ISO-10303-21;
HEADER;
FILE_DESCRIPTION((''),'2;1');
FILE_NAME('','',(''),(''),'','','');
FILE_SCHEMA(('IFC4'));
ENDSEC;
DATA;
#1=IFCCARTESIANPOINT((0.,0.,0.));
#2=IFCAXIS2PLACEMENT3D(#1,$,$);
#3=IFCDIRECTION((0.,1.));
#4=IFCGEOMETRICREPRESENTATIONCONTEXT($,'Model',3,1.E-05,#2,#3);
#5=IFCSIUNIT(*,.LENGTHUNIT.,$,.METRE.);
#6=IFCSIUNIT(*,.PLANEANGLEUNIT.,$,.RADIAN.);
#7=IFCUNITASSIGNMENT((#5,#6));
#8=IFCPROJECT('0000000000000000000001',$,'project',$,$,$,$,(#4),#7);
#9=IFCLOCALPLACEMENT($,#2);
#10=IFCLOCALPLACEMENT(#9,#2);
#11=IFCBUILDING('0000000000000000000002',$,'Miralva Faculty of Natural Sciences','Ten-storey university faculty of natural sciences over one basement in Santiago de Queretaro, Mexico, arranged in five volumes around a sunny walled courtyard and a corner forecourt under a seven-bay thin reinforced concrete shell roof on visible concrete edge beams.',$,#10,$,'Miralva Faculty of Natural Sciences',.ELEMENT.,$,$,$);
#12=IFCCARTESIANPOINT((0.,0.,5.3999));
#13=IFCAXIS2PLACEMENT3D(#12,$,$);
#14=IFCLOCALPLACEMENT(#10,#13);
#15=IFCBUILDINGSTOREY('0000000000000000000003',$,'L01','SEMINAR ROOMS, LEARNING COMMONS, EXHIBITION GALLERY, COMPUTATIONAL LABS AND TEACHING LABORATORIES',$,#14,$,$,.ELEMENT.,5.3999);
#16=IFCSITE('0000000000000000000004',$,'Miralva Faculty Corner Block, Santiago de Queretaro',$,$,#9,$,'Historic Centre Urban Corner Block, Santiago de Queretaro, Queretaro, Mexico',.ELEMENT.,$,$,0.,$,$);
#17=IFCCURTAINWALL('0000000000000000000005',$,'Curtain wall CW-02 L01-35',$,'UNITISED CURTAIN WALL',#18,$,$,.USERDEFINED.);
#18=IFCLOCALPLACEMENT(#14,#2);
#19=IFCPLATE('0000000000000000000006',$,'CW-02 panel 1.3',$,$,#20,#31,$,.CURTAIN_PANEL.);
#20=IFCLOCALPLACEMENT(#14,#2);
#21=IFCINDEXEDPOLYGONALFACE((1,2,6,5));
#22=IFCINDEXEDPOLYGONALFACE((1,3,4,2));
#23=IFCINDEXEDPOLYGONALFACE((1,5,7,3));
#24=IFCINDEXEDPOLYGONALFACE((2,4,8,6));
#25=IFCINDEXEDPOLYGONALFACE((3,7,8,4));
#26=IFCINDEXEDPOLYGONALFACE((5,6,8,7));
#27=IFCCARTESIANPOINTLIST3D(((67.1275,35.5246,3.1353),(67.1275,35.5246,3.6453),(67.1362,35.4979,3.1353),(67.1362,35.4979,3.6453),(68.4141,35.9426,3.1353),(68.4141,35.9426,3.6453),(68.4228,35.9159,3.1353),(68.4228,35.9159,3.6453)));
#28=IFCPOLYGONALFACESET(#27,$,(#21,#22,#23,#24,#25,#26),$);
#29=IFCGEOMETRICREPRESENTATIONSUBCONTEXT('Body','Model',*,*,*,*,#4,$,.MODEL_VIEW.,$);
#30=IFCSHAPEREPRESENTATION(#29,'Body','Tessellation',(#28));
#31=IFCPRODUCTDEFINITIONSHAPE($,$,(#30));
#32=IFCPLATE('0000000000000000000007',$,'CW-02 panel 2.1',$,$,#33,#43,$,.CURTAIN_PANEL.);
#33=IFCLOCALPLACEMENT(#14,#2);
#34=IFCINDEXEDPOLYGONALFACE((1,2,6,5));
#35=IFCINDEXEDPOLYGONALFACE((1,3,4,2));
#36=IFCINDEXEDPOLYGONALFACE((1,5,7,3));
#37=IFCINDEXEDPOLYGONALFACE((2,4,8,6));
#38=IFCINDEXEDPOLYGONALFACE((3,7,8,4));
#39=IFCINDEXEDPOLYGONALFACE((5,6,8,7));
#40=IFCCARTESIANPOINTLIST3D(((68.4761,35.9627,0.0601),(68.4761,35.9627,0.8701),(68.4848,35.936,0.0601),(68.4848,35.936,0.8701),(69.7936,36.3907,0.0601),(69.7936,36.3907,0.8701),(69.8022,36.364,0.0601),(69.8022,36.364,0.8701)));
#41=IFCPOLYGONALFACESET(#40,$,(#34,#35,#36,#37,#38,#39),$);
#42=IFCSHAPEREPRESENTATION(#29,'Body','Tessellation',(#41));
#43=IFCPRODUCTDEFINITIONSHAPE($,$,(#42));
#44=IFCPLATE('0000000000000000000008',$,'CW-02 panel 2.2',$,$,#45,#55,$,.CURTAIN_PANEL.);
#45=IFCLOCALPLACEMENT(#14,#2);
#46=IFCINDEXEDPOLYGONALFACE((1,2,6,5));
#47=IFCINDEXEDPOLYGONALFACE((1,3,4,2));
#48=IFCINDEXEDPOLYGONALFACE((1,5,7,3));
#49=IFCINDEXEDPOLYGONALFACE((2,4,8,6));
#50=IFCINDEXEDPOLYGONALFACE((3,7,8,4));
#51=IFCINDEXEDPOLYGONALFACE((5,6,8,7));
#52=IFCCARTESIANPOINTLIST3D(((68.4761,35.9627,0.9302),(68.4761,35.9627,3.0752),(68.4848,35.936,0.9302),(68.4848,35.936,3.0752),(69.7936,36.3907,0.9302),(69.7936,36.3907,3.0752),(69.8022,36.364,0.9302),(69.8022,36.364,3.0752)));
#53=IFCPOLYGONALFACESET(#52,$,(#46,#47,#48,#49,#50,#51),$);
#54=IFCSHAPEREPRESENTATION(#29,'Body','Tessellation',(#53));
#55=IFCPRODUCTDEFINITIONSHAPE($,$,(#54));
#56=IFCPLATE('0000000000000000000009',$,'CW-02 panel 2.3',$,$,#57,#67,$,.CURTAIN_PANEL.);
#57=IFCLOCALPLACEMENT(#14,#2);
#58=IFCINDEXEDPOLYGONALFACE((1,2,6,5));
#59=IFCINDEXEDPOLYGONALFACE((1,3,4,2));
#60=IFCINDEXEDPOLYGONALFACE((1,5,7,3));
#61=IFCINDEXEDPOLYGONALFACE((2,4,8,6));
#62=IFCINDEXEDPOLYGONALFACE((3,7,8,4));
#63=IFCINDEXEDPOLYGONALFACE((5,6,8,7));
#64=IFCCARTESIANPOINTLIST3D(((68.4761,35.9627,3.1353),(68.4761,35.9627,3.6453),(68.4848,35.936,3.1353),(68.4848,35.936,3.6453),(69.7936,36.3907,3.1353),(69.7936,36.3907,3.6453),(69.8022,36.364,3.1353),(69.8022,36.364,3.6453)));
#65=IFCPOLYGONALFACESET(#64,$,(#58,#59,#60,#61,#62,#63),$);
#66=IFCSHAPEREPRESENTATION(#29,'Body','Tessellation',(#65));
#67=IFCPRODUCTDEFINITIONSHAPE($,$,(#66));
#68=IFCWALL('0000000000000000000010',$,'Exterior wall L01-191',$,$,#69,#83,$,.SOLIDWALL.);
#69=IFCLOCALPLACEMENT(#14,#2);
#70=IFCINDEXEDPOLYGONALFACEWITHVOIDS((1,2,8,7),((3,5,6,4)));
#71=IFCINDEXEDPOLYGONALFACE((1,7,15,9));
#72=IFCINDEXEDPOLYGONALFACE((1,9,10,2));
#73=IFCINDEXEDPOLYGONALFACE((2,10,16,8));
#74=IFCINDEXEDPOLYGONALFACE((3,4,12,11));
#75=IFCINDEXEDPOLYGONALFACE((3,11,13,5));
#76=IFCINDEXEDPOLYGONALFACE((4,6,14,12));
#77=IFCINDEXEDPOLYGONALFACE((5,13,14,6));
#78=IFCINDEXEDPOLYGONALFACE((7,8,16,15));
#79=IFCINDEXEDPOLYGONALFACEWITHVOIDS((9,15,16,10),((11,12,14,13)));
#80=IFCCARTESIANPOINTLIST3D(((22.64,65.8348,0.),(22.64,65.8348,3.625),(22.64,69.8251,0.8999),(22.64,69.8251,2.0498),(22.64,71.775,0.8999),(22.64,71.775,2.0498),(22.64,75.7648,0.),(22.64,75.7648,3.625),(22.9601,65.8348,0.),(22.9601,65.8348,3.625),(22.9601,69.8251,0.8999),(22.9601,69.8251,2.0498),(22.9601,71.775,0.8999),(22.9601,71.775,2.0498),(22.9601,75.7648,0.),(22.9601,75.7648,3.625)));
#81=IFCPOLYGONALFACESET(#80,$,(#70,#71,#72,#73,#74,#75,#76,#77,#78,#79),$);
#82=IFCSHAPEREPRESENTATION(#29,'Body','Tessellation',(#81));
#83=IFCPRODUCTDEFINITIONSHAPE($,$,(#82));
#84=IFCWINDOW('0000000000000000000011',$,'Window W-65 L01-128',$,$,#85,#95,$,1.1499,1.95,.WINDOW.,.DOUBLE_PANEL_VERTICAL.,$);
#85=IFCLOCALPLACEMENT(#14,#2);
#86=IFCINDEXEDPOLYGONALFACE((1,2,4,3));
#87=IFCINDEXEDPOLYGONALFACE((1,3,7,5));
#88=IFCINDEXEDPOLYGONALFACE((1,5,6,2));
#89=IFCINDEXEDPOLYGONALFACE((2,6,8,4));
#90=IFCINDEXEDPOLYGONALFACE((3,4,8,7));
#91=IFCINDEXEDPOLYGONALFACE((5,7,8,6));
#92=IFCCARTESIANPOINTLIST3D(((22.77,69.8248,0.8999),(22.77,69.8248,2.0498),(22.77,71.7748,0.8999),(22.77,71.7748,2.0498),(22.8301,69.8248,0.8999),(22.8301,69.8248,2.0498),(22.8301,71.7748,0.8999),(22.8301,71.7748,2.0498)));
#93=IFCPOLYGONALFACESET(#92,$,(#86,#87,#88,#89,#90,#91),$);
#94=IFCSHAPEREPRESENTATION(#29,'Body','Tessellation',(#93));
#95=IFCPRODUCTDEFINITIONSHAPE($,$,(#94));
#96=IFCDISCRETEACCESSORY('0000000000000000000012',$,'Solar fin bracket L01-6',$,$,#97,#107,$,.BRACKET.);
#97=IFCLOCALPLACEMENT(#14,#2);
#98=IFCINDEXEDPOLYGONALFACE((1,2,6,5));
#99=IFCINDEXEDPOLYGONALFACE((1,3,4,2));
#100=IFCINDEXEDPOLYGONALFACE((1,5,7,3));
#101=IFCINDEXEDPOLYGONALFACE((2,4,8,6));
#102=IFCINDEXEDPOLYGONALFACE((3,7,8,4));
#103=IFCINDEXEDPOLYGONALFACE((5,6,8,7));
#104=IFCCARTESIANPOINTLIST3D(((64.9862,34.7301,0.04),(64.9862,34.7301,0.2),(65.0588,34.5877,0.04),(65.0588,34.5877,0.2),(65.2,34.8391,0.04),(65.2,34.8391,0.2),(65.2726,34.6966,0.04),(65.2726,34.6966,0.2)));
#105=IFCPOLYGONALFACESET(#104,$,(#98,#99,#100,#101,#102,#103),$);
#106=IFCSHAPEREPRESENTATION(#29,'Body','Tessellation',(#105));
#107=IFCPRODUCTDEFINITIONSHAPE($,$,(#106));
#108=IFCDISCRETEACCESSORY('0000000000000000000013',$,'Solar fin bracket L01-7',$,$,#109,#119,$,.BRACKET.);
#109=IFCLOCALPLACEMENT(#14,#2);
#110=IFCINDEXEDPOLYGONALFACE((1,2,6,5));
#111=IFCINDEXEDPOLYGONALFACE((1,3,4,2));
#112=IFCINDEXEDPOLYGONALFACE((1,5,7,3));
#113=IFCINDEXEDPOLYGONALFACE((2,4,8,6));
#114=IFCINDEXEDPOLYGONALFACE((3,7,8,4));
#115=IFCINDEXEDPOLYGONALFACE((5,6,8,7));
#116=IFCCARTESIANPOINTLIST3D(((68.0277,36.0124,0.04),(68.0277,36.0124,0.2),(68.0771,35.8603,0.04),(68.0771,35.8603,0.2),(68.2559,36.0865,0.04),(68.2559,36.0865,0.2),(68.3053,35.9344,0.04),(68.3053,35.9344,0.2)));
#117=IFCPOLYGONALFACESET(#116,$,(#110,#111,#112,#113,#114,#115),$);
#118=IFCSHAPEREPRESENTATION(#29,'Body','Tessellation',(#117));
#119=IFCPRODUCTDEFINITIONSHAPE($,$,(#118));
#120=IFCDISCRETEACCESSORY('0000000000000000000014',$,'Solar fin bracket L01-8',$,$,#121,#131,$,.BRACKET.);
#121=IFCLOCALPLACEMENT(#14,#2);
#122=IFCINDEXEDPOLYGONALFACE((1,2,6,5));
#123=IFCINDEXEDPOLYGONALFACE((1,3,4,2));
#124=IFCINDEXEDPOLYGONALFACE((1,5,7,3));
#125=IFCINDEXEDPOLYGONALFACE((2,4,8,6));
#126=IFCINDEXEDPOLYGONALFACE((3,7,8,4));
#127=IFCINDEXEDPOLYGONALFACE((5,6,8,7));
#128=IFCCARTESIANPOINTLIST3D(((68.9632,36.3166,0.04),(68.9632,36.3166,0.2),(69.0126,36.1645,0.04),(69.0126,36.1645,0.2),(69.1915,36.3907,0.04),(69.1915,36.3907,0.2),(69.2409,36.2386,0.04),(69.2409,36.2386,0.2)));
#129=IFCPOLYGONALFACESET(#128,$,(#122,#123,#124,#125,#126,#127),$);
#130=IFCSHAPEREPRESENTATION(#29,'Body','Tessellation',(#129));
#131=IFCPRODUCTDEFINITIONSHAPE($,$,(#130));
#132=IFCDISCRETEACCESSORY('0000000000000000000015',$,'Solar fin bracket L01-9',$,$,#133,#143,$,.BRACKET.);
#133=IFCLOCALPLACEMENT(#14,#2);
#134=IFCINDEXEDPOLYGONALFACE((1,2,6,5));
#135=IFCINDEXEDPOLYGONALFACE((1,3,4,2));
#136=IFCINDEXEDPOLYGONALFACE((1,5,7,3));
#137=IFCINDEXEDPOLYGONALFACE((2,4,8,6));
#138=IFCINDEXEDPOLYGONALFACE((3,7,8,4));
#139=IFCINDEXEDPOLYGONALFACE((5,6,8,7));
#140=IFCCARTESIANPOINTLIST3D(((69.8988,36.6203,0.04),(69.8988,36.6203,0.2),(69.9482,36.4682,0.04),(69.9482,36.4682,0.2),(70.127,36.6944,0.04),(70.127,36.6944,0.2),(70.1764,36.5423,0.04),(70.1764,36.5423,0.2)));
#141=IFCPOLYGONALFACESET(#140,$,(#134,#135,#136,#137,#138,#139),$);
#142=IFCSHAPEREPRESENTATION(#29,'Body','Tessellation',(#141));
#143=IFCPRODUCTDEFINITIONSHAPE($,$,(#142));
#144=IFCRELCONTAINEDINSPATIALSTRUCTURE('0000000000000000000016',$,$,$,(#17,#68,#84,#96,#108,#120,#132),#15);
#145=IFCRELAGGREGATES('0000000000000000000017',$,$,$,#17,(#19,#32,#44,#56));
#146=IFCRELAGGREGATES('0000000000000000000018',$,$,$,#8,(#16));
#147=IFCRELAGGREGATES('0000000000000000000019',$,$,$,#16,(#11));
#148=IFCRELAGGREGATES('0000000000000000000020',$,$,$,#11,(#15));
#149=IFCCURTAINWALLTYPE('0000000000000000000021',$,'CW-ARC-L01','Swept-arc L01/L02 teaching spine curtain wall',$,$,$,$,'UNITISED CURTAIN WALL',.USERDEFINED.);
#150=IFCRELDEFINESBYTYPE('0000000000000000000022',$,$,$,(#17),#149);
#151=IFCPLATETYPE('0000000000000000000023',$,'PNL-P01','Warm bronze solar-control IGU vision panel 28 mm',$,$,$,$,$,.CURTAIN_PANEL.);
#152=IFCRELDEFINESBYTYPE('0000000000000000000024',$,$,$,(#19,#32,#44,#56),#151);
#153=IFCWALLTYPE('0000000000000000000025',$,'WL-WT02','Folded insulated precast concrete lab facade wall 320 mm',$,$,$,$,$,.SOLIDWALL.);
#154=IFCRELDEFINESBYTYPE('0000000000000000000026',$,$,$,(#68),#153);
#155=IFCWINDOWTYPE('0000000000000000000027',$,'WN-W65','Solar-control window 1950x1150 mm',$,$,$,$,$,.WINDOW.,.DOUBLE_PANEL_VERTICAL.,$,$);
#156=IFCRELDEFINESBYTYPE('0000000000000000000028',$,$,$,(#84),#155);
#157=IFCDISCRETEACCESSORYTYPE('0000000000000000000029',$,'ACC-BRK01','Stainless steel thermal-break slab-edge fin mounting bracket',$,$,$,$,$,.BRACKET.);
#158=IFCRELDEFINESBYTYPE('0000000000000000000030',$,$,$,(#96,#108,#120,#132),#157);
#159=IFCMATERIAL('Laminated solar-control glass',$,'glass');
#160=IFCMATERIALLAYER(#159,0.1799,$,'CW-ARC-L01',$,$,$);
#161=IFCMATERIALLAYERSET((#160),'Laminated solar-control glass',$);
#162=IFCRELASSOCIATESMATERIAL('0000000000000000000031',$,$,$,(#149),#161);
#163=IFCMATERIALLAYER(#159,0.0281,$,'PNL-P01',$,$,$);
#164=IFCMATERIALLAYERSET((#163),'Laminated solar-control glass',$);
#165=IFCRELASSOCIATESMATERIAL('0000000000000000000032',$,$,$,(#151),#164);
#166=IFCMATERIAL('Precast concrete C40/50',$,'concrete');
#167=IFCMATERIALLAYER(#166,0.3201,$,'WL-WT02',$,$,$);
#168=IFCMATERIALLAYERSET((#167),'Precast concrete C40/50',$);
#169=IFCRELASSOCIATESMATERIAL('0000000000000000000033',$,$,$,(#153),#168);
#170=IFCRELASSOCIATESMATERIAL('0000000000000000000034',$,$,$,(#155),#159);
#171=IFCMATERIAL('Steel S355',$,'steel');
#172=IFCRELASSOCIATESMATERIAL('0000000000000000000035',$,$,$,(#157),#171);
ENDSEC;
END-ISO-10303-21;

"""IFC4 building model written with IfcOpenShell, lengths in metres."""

from ifc_helpers import new_model, si_unit, direction, frame, frame_2d, origin, origin_2d, place, context, subcontext, project, spatial, rectangle, extrude, material, layer, layer_set, type_object, element, fill, aggregate, save


model = new_model("IFC4")

# Units and contexts
model_context = context("Model", 3, precision=1e-05, world=origin(), true_north=direction((0.0, 1.0)))
body_context = subcontext(model_context, "Body", "Model", "MODEL_VIEW")
ifc_project = project(units=[si_unit("LENGTHUNIT", "METRE"), si_unit("PLANEANGLEUNIT", "RADIAN")], contexts=[model_context])

# Site, building, storey
site_placement = place(None, origin())
site = spatial("IfcSite", under=ifc_project, at=site_placement, Name="Miralva Faculty Corner Block, Santiago de Queretaro", LongName="Historic Centre Urban Corner Block, Santiago de Queretaro, Queretaro, Mexico", CompositionType="ELEMENT", RefElevation=0.0)
building_placement = place(site_placement, origin())
building = spatial("IfcBuilding", under=site, at=building_placement, Name="Miralva Faculty of Natural Sciences", Description="Ten-storey university faculty of natural sciences over one basement in Santiago de Queretaro, Mexico, arranged in five volumes around a sunny walled courtyard and a corner forecourt under a seven-bay thin reinforced concrete shell roof on visible concrete edge beams.", LongName="Miralva Faculty of Natural Sciences", CompositionType="ELEMENT")
storey_placement = place(building_placement, frame((0.0, 0.0, 5.3999)))
storey = spatial("IfcBuildingStorey", under=building, at=storey_placement, Name="L01", Description="SEMINAR ROOMS, LEARNING COMMONS, EXHIBITION GALLERY, COMPUTATIONAL LABS AND TEACHING LABORATORIES", CompositionType="ELEMENT", Elevation=5.3999)

# Shared definitions
ifc_material_1 = material(Name="Laminated solar-control glass", Category="glass")
ifc_layer_1 = layer(ifc_material_1, 0.1799, Name="CW-ARC-L01")
ifc_layer_set_1 = layer_set([ifc_layer_1], Name="Laminated solar-control glass")
curtain_wall_type = type_object("IfcCurtainWallType", Name="CW-ARC-L01", Description="Swept-arc L01/L02 teaching spine curtain wall", ElementType="UNITISED CURTAIN WALL", PredefinedType="USERDEFINED", material=ifc_layer_set_1)

# Curtain wall
curtain_wall_1_placement = place(storey_placement, origin())
curtain_wall_1 = element("IfcCurtainWall", 1, at=curtain_wall_1_placement, inside=storey, type_object=curtain_wall_type, Name="Curtain wall CW-02 L01-35", ObjectType="UNITISED CURTAIN WALL", PredefinedType="USERDEFINED")

# Plates
ifc_layer_2 = layer(ifc_material_1, 0.0281, Name="PNL-P01")
ifc_layer_set_2 = layer_set([ifc_layer_2], Name="Laminated solar-control glass")
plate_type = type_object("IfcPlateType", Name="PNL-P01", Description="Warm bronze solar-control IGU vision panel 28 mm", PredefinedType="CURTAIN_PANEL", material=ifc_layer_set_2)
plate_1_placement = place(storey_placement, frame((67.7751, 35.7202, 3.1353), z_axis=(0.0, 0.0, 1.0), x_axis=(0.95106, 0.309007, 0.0)))
plate_1 = element("IfcPlate", 2, at=plate_1_placement, type_object=plate_type, Name="CW-02 panel 1.3", PredefinedType="CURTAIN_PANEL", context=body_context, shape_type="SweptSolid", body=[
    extrude(rectangle(XDim=1.3528, YDim=0.0281, at=origin_2d()), origin(), (0.0, 0.0, 1.0), 0.51),
])
plate_2_placement = place(storey_placement, frame((69.1392, 36.1633, 0.0601), z_axis=(0.0, 0.0, 1.0), x_axis=(0.95106, 0.309007, 0.0)))
plate_2 = element("IfcPlate", 3, at=plate_2_placement, type_object=plate_type, Name="CW-02 panel 2.1", PredefinedType="CURTAIN_PANEL", context=body_context, shape_type="SweptSolid", body=[
    extrude(rectangle(XDim=1.3853, YDim=0.0281, at=origin_2d()), origin(), (0.0, 0.0, 1.0), 0.8101),
])
plate_3_placement = place(storey_placement, frame((69.1392, 36.1633, 0.9302), z_axis=(0.0, 0.0, 1.0), x_axis=(0.95106, 0.309007, 0.0)))
plate_3 = element("IfcPlate", 4, at=plate_3_placement, type_object=plate_type, Name="CW-02 panel 2.2", PredefinedType="CURTAIN_PANEL", context=body_context, shape_type="SweptSolid", body=[
    extrude(rectangle(XDim=1.3853, YDim=0.0281, at=origin_2d()), origin(), (0.0, 0.0, 1.0), 2.145),
])
plate_4_placement = place(storey_placement, frame((69.1392, 36.1633, 3.1353), z_axis=(0.0, 0.0, 1.0), x_axis=(0.95106, 0.309007, 0.0)))
plate_4 = element("IfcPlate", 5, at=plate_4_placement, type_object=plate_type, Name="CW-02 panel 2.3", PredefinedType="CURTAIN_PANEL", context=body_context, shape_type="SweptSolid", body=[
    extrude(rectangle(XDim=1.3853, YDim=0.0281, at=origin_2d()), origin(), (0.0, 0.0, 1.0), 0.51),
])
aggregate(curtain_wall_1, [plate_1, plate_2, plate_3, plate_4])

# Wall, opening, window
ifc_material_2 = material(Name="Precast concrete C40/50", Category="concrete")
ifc_layer_3 = layer(ifc_material_2, 0.3201, Name="WL-WT02")
ifc_layer_set_3 = layer_set([ifc_layer_3], Name="Precast concrete C40/50")
wall_type = type_object("IfcWallType", Name="WL-WT02", Description="Folded insulated precast concrete lab facade wall 320 mm", PredefinedType="SOLIDWALL", material=ifc_layer_set_3)
wall_placement = place(storey_placement, frame((22.8, 65.835, 0.0), z_axis=(0.0, 0.0, 1.0), x_axis=(0.0, 1.0, 0.0)))
wall = element("IfcWall", 6, at=wall_placement, inside=storey, type_object=wall_type, Name="Exterior wall L01-191", PredefinedType="SOLIDWALL", context=body_context, shape_type="SweptSolid", body=[
    extrude(rectangle(XDim=9.9299, YDim=0.3201, at=frame_2d((4.9648, 0.0))), origin(), (0.0, 0.0, 1.0), 3.625),
])
opening_placement = place(wall_placement, frame((3.99, 0.0, 0.8999)))
opening = element("IfcOpeningElement", 7, at=opening_placement, cuts=wall, PredefinedType="OPENING", context=body_context, shape_type="SweptSolid", body=[
    extrude(rectangle(XDim=1.95, YDim=1.1499, at=frame_2d((0.9751, 0.575))), frame((0.0, 0.1699, 0.0), z_axis=(0.0, -1.0, 0.0), x_axis=(1.0, 0.0, 0.0)), (0.0, 0.0, 1.0), 0.3401),
])
window_type = type_object("IfcWindowType", Name="WN-W65", Description="Solar-control window 1950x1150 mm", PartitioningType="DOUBLE_PANEL_VERTICAL", PredefinedType="WINDOW", material=ifc_material_1)
window_placement = place(opening_placement, frame((1.95, 0.0, 0.0), z_axis=(0.0, 0.0, 1.0), x_axis=(-1.0, 0.0, 0.0)))
window = element("IfcWindow", 8, at=window_placement, inside=storey, type_object=window_type, Name="Window W-65 L01-128", OverallHeight=1.1499, OverallWidth=1.95, PartitioningType="DOUBLE_PANEL_VERTICAL", PredefinedType="WINDOW", context=body_context, shape_type="SweptSolid", body=[
    extrude(rectangle(XDim=1.95, YDim=1.1499, at=frame_2d((0.9751, 0.575))), frame((0.0, 0.03, 0.0), z_axis=(0.0, -1.0, 0.0), x_axis=(1.0, 0.0, 0.0)), (0.0, 0.0, 1.0), 0.0601),
])
fill(opening, window)

# Discrete accessories
ifc_material_3 = material(Name="Steel S355", Category="steel")
discrete_accessory_type = type_object("IfcDiscreteAccessoryType", Name="ACC-BRK01", Description="Stainless steel thermal-break slab-edge fin mounting bracket", PredefinedType="BRACKET", material=ifc_material_3)
for number, where, z_axis, x_axis, name in (
    (9, (65.1294, 34.7134, 0.04), (0.0, 0.0, 1.0), (-0.45399, 0.891007, 0.0), "Solar fin bracket L01-6"),
    (10, (68.1665, 35.9734, 0.04), (0.0, 0.0, 1.0), (-0.309017, 0.951057, 0.0), "Solar fin bracket L01-7"),
    (11, (69.1021, 36.2776, 0.04), (0.0, 0.0, 1.0), (-0.309017, 0.951057, 0.0), "Solar fin bracket L01-8"),
    (12, (70.0376, 36.5813, 0.04), (0.0, 0.0, 1.0), (-0.309017, 0.951057, 0.0), "Solar fin bracket L01-9"),
):
    element("IfcDiscreteAccessory", number, at=place(storey_placement, frame(where, z_axis=z_axis, x_axis=x_axis)), inside=storey, type_object=discrete_accessory_type, Name=name, PredefinedType="BRACKET", context=body_context, shape_type="SweptSolid", body=[
        extrude(rectangle(XDim=0.1599, YDim=0.24, at=origin_2d()), origin(), (0.0, 0.0, 1.0), 0.1599),
    ])

save(model, "model.ifc")
